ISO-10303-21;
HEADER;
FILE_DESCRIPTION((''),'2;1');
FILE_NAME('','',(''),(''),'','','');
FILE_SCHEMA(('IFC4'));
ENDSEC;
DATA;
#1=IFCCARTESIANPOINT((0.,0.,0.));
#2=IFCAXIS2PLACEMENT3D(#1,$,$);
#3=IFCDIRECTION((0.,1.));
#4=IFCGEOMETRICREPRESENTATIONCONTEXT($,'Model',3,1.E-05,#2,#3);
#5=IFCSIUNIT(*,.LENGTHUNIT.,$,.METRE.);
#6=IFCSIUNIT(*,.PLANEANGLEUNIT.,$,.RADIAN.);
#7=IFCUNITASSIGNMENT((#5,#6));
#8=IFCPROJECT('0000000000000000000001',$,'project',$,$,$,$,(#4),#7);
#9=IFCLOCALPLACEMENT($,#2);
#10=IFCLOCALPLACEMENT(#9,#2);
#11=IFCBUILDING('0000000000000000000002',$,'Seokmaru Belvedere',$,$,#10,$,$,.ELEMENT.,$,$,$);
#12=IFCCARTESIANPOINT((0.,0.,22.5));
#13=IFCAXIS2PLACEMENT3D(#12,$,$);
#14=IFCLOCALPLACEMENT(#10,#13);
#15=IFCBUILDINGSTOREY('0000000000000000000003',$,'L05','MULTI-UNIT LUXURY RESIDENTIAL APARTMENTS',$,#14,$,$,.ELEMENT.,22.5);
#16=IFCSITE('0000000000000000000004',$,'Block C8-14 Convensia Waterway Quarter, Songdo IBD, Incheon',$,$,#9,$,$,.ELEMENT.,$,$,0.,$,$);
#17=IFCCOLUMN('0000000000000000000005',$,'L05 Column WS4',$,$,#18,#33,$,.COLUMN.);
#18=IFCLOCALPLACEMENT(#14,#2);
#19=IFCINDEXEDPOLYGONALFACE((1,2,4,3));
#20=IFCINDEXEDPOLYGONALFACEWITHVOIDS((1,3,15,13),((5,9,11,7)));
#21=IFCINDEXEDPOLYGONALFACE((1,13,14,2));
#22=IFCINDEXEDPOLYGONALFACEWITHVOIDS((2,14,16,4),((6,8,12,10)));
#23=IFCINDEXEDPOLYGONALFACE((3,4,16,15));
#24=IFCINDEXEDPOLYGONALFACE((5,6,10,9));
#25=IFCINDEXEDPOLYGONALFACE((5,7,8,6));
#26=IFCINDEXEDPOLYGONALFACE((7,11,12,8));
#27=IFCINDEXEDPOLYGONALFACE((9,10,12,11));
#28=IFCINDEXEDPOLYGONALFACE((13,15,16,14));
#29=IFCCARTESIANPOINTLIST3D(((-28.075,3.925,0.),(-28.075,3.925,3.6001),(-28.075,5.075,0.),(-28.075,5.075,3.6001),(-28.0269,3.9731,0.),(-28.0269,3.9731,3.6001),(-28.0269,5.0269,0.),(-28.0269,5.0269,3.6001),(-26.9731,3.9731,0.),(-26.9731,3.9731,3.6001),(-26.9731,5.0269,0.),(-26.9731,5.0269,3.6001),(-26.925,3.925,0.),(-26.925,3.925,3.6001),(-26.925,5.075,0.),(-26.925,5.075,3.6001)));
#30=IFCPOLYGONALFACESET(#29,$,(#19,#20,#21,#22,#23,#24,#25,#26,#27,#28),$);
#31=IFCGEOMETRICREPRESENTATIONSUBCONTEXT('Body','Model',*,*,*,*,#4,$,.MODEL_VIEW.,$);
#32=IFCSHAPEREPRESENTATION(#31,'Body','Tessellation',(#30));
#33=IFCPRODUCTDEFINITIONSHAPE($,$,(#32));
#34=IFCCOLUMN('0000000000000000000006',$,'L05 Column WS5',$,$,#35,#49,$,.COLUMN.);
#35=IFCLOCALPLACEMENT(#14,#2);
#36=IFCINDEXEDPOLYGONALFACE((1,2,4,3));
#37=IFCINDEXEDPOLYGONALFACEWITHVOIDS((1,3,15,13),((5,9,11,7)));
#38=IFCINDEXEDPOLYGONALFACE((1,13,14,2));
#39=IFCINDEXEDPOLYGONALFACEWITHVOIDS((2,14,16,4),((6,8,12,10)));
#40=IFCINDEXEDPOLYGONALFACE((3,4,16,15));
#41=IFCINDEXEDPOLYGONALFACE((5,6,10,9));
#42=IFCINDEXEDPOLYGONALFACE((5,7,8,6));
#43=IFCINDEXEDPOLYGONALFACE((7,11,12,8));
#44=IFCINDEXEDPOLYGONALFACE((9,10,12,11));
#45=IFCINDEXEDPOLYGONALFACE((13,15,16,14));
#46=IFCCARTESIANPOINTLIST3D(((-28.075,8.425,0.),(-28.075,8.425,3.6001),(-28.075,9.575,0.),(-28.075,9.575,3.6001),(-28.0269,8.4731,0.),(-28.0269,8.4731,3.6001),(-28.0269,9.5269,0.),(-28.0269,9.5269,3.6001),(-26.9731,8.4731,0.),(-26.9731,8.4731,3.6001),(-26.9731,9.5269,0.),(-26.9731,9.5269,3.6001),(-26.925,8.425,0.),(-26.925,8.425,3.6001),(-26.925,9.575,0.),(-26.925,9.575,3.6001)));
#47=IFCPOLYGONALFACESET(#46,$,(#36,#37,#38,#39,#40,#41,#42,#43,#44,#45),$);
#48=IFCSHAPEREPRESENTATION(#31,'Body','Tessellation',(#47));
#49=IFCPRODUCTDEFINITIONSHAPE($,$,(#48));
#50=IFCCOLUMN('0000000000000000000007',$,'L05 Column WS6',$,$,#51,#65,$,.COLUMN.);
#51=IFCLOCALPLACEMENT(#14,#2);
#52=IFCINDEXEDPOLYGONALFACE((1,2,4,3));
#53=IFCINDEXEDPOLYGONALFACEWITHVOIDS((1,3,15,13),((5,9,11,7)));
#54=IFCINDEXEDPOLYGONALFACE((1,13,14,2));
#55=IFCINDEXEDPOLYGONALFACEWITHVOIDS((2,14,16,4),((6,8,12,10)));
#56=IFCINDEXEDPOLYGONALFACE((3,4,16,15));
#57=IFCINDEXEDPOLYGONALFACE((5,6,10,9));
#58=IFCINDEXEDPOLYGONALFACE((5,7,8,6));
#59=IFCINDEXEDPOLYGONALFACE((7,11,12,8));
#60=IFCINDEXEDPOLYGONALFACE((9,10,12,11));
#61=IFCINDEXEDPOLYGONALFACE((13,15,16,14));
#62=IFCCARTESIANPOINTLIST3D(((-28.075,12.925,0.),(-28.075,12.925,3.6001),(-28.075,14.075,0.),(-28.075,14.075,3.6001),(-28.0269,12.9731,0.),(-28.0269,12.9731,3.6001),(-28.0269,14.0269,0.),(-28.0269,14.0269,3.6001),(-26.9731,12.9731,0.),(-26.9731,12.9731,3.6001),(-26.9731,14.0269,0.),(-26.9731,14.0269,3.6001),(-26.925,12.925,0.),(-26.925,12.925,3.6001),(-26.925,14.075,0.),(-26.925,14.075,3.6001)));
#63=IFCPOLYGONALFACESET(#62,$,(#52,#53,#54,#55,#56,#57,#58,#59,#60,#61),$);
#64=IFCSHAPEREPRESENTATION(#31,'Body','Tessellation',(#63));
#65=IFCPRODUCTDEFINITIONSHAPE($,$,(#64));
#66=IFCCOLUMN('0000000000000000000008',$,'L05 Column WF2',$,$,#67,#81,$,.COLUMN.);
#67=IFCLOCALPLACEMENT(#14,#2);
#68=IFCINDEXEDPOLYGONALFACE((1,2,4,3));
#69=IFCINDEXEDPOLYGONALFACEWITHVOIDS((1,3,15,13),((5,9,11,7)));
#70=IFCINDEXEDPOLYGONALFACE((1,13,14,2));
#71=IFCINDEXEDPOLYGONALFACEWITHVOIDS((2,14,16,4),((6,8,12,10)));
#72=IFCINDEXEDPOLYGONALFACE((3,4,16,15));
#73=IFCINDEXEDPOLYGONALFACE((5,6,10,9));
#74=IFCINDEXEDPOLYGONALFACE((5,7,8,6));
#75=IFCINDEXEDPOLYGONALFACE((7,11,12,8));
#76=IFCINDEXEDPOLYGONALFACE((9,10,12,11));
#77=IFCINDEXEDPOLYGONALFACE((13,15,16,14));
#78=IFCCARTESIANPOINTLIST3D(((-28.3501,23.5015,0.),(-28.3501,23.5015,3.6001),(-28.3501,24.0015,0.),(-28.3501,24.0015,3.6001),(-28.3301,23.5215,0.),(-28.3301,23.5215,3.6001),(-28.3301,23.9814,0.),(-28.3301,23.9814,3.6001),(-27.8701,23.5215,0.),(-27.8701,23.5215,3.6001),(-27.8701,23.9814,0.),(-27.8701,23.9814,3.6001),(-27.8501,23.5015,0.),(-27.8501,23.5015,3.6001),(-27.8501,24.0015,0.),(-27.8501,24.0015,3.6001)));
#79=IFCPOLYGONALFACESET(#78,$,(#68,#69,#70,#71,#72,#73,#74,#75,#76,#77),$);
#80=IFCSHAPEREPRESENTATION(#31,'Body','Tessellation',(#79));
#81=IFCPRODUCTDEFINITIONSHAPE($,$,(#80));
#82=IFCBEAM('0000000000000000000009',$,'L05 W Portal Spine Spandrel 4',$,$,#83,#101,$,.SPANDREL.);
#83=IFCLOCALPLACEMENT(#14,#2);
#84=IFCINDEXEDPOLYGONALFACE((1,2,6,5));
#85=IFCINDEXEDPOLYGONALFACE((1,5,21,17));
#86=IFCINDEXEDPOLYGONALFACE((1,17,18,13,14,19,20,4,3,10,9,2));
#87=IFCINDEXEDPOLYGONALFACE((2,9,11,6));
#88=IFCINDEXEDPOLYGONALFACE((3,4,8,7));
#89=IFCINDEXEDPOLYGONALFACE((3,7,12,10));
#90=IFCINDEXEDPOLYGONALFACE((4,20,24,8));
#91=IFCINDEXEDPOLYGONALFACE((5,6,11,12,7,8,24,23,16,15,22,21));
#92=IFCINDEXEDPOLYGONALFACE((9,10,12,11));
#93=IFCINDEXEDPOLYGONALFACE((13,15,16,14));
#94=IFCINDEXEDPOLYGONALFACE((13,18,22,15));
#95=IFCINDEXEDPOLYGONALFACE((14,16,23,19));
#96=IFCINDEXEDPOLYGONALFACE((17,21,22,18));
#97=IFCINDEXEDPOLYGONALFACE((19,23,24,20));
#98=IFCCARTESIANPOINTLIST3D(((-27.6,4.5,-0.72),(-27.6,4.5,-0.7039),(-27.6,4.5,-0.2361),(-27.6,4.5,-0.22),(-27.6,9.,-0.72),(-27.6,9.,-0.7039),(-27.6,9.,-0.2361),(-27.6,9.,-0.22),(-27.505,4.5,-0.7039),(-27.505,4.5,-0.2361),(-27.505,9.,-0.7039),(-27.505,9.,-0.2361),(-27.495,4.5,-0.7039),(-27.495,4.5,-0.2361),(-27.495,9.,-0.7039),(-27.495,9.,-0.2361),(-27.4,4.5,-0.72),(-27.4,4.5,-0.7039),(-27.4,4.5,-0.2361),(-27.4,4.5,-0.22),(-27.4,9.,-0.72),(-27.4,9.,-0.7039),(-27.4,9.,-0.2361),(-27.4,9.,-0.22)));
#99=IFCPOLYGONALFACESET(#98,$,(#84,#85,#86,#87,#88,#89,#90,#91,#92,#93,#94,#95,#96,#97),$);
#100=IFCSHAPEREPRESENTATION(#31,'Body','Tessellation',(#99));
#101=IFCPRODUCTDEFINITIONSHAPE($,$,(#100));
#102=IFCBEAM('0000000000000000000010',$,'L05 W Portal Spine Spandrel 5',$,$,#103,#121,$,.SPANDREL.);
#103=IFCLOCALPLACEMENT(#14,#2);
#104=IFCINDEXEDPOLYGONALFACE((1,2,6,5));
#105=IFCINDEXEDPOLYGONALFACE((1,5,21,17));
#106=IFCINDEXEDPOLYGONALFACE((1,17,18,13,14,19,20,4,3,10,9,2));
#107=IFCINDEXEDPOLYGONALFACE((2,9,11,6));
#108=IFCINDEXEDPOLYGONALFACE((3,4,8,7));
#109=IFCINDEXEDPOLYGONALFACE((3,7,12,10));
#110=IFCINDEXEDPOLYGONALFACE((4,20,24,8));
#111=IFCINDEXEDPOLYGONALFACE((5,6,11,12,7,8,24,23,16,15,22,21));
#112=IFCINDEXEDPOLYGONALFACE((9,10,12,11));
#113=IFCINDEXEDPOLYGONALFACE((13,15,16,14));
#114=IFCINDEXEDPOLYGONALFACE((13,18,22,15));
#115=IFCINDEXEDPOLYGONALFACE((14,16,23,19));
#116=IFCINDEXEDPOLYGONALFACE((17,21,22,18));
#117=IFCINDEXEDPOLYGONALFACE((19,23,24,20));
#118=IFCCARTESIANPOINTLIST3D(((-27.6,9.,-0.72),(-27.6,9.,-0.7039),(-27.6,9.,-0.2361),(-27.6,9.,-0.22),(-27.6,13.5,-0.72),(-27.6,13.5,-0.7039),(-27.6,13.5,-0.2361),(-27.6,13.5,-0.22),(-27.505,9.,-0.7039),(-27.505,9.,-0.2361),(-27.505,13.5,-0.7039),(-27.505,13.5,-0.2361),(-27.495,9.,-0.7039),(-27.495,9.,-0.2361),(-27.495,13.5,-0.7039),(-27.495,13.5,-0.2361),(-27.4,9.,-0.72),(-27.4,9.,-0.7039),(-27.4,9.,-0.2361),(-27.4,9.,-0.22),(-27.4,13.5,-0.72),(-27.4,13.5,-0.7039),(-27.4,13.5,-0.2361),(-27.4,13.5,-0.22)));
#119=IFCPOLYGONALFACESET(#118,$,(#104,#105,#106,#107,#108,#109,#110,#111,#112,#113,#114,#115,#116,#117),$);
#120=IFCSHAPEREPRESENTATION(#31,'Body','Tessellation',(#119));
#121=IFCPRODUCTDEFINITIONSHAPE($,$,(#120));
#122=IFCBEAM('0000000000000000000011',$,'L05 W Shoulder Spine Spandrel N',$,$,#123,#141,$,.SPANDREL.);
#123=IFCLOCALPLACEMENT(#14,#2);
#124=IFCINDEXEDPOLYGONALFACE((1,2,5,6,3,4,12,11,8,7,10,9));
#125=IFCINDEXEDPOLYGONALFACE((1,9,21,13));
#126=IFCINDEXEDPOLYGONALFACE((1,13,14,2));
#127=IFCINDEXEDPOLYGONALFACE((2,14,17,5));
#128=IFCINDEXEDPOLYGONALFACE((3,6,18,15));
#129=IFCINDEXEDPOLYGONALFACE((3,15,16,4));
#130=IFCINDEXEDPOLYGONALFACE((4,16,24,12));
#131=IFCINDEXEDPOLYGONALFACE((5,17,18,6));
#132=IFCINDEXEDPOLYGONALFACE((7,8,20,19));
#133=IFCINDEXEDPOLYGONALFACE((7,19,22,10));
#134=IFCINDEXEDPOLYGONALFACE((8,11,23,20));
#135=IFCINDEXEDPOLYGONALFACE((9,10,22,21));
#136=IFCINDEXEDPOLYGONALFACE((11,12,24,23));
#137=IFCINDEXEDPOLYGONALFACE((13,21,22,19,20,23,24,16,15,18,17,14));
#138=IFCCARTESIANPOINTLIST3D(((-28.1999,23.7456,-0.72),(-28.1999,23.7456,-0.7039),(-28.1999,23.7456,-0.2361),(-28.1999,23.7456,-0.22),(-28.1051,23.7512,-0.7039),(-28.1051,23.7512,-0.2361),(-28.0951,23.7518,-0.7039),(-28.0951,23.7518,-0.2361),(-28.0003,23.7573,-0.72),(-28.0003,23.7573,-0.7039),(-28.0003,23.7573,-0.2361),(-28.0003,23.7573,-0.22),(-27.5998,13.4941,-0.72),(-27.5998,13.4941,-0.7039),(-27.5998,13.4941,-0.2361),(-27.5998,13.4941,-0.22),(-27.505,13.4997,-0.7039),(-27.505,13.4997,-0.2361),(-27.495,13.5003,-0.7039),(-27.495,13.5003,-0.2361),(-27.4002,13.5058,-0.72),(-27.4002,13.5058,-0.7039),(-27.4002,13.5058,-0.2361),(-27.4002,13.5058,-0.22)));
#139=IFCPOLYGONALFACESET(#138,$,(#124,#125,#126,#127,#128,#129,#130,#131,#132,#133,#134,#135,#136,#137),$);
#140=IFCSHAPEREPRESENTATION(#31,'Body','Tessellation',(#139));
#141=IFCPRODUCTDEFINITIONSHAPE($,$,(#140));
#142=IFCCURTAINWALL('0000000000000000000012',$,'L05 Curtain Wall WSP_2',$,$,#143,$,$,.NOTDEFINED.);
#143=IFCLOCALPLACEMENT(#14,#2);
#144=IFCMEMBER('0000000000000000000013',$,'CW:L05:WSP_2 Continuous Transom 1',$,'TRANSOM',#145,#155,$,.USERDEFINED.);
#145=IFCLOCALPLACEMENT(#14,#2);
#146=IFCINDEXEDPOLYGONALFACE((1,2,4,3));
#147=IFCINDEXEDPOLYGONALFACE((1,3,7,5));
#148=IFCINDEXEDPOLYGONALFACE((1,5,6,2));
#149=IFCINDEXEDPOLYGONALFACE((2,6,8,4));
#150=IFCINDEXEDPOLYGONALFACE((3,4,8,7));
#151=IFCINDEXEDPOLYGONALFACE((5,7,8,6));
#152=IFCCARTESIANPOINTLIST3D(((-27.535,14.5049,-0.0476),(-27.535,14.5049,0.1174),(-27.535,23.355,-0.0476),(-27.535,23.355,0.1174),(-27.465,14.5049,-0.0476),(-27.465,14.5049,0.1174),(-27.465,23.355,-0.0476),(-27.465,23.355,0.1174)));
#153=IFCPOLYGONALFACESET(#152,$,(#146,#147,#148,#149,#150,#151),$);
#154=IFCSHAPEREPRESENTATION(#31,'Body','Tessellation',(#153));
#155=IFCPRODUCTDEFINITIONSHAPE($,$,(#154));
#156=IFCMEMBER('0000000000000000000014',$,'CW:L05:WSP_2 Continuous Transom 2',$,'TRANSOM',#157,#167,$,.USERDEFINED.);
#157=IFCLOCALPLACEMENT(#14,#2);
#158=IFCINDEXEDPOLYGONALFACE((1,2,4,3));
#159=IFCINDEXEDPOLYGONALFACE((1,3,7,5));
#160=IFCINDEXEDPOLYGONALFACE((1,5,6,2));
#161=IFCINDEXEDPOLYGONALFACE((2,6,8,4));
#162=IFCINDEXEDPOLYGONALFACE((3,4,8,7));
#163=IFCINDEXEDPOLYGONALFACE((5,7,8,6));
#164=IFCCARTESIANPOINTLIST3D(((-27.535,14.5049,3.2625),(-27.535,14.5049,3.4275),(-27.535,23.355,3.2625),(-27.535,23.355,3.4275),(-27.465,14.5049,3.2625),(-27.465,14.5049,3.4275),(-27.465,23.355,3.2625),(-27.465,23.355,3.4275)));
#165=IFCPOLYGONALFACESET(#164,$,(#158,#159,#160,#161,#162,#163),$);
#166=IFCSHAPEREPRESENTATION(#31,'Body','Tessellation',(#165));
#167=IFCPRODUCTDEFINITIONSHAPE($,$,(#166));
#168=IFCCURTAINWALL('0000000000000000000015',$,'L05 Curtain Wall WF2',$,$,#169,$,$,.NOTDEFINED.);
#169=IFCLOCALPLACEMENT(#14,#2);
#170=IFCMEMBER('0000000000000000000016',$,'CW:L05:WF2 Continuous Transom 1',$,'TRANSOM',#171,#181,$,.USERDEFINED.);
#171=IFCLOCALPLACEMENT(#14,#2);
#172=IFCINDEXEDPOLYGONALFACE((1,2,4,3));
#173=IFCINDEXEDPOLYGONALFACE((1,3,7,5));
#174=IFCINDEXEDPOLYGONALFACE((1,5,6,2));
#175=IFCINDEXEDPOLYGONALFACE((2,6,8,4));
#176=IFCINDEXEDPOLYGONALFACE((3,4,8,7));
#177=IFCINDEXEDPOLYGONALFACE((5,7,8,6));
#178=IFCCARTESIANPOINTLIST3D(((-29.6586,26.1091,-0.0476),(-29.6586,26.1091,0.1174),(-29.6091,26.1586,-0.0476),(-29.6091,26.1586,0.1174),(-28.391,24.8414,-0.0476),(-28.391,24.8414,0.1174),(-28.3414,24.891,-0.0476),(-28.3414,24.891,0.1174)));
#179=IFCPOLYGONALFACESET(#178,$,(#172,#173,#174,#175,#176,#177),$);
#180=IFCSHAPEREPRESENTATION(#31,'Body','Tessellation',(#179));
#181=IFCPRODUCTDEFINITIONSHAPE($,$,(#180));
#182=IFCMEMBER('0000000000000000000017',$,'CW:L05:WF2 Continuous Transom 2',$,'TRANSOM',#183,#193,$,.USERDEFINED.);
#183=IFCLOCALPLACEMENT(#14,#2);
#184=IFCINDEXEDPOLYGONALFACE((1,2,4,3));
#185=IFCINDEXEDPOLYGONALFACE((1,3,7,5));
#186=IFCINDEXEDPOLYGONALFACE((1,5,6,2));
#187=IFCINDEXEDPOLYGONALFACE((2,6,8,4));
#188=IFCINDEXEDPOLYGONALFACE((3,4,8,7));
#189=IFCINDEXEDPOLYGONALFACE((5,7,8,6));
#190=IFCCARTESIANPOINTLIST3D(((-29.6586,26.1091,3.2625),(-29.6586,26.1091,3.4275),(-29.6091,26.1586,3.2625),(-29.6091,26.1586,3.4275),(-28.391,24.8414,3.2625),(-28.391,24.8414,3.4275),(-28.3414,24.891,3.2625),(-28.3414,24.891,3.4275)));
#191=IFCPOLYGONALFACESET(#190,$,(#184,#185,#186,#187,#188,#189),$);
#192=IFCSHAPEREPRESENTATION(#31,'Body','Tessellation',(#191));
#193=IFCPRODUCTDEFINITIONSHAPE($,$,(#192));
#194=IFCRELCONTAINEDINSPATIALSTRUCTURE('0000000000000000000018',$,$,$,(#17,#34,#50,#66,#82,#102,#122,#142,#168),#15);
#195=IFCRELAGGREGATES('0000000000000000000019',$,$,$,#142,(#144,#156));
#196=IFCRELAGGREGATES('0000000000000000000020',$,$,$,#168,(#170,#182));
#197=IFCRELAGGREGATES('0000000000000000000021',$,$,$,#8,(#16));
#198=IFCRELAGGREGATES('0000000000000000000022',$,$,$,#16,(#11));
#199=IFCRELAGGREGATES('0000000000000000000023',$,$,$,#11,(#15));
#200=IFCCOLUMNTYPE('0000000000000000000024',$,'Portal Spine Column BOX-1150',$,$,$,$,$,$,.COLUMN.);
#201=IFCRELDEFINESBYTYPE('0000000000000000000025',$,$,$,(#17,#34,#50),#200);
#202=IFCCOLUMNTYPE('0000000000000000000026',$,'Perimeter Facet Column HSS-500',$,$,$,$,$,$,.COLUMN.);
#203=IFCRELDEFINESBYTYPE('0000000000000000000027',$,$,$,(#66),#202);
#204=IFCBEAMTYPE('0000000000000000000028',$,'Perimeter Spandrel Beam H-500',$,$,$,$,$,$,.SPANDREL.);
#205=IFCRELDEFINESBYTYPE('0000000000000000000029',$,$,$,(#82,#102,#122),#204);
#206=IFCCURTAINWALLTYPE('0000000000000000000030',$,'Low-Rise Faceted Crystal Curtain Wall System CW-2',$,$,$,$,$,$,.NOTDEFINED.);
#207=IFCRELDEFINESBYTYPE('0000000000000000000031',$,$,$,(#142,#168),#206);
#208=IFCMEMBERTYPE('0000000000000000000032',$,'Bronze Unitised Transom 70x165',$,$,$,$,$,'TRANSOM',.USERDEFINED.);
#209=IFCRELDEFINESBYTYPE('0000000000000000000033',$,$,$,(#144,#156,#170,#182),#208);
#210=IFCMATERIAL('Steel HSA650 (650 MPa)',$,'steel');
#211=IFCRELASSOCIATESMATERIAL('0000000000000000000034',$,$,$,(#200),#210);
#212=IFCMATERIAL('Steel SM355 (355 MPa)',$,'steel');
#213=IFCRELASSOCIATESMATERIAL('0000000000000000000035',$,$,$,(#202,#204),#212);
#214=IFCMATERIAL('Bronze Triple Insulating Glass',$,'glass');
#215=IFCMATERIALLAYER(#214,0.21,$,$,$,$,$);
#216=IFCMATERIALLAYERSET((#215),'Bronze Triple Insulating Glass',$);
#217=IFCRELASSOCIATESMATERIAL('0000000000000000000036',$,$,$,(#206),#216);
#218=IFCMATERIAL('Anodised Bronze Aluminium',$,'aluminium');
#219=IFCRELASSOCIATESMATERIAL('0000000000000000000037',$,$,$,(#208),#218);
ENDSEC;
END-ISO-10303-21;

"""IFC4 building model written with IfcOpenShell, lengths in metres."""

from ifc_helpers import new_model, si_unit, direction, frame, origin, origin_2d, place, context, subcontext, project, spatial, rectangle, hollow_rectangle, i_section, extrude, source, transform, mapped, material, layer, layer_set, material_profile, profile_set, type_object, type_shapes, element, aggregate, save


model = new_model("IFC4")

# Units and contexts
model_context = context("Model", 3, precision=1e-05, world=origin(), true_north=direction((0.0, 1.0)))
body_context = subcontext(model_context, "Body", "Model", "MODEL_VIEW")
ifc_project = project(units=[si_unit("LENGTHUNIT", "METRE"), si_unit("PLANEANGLEUNIT", "RADIAN")], contexts=[model_context])

# Site, building, storey
site_placement = place(None, origin())
site = spatial("IfcSite", under=ifc_project, at=site_placement, Name="Block C8-14 Convensia Waterway Quarter, Songdo IBD, Incheon", CompositionType="ELEMENT", RefElevation=0.0)
building_placement = place(site_placement, origin())
building = spatial("IfcBuilding", under=site, at=building_placement, Name="Seokmaru Belvedere", CompositionType="ELEMENT")
storey_placement = place(building_placement, frame((0.0, 0.0, 22.5)))
storey = spatial("IfcBuildingStorey", under=building, at=storey_placement, Name="L05", Description="MULTI-UNIT LUXURY RESIDENTIAL APARTMENTS", CompositionType="ELEMENT", Elevation=22.5)

# Columns
ifc_material_1 = material(Name="Steel HSA650 (650 MPa)", Category="steel")
ifc_material_profile_1 = material_profile(ifc_material_1, hollow_rectangle(XDim=1.1499, YDim=1.1499, WallThickness=0.0481, at=origin_2d()), Name="BOX-1150x1150x48")
ifc_profile_set_1 = profile_set([ifc_material_profile_1], Name="Steel HSA650 (650 MPa)")
column_type_1 = type_object("IfcColumnType", Name="Portal Spine Column BOX-1150", PredefinedType="COLUMN", material=ifc_profile_set_1)
shared_shape_1 = source(origin(), body_context, "Body", "SweptSolid", [
    extrude(hollow_rectangle(XDim=1.1499, YDim=1.1499, WallThickness=0.0481, at=origin_2d()), origin(), (0.0, 0.0, 1.0), 3.6001),
])
type_shapes(column_type_1, [shared_shape_1])
for number, where, z_axis, x_axis, name in (
    (1, (-27.5, 4.5, 0.0), (0.0, 0.0, 1.0), (1.0, 0.0, 0.0), "L05 Column WS4"),
    (2, (-27.5, 9.0, 0.0), (0.0, 0.0, 1.0), (1.0, 0.0, 0.0), "L05 Column WS5"),
    (3, (-27.5, 13.5, 0.0), (0.0, 0.0, 1.0), (1.0, 0.0, 0.0), "L05 Column WS6"),
):
    element("IfcColumn", number, at=place(storey_placement, frame(where, z_axis=z_axis, x_axis=x_axis)), inside=storey, type_object=column_type_1, Name=name, PredefinedType="COLUMN", context=body_context, shape_type="MappedRepresentation", body=[
        mapped(shared_shape_1, transform((0.0, 0.0, 0.0), scale=1.0)),
    ])
ifc_material_2 = material(Name="Steel SM355 (355 MPa)", Category="steel")
ifc_material_profile_2 = material_profile(ifc_material_2, hollow_rectangle(XDim=0.5, YDim=0.5, WallThickness=0.02, at=origin_2d()), Name="HSS-500x500x20")
ifc_profile_set_2 = profile_set([ifc_material_profile_2], Name="Steel SM355 (355 MPa)")
column_type_2 = type_object("IfcColumnType", Name="Perimeter Facet Column HSS-500", PredefinedType="COLUMN", material=ifc_profile_set_2)
shared_shape_2 = source(origin(), body_context, "Body", "SweptSolid", [
    extrude(hollow_rectangle(XDim=0.5, YDim=0.5, WallThickness=0.02, at=origin_2d()), origin(), (0.0, 0.0, 1.0), 3.6001),
])
type_shapes(column_type_2, [shared_shape_2])
column_placement = place(storey_placement, frame((-28.1001, 23.7515, 0.0), z_axis=(0.0, 0.0, 1.0), x_axis=(1.0, 0.0, 0.0)))
element("IfcColumn", 4, at=column_placement, inside=storey, type_object=column_type_2, Name="L05 Column WF2", PredefinedType="COLUMN", context=body_context, shape_type="MappedRepresentation", body=[
    mapped(shared_shape_2, transform((0.0, 0.0, 0.0), scale=1.0)),
])

# Beams
ifc_material_profile_3 = material_profile(ifc_material_2, i_section(OverallWidth=0.2, OverallDepth=0.5, WebThickness=0.01, FlangeThickness=0.0161, at=origin_2d()), Name="H-500x200x10x16")
ifc_profile_set_3 = profile_set([ifc_material_profile_3], Name="Steel SM355 (355 MPa)")
beam_type = type_object("IfcBeamType", Name="Perimeter Spandrel Beam H-500", PredefinedType="SPANDREL", material=ifc_profile_set_3)
shared_shape_3 = source(origin(), body_context, "Body", "SweptSolid", [
    extrude(i_section(OverallWidth=0.2, OverallDepth=0.5, WebThickness=0.01, FlangeThickness=0.0161, at=origin_2d()), origin(), (0.0, 0.0, 1.0), 4.5),
])
for number, where, z_axis, x_axis, name in (
    (5, (-27.5, 4.5, -0.47), (0.0, 1.0, 0.0), (-1.0, 0.0, 0.0), "L05 W Portal Spine Spandrel 4"),
    (6, (-27.5, 9.0, -0.47), (0.0, 1.0, 0.0), (-1.0, 0.0, 0.0), "L05 W Portal Spine Spandrel 5"),
):
    element("IfcBeam", number, at=place(storey_placement, frame(where, z_axis=z_axis, x_axis=x_axis)), inside=storey, type_object=beam_type, Name=name, PredefinedType="SPANDREL", context=body_context, shape_type="MappedRepresentation", body=[
        mapped(shared_shape_3, transform((0.0, 0.0, 0.0), scale=1.0)),
    ])
shared_shape_4 = source(origin(), body_context, "Body", "SweptSolid", [
    extrude(i_section(OverallWidth=0.2, OverallDepth=0.5, WebThickness=0.01, FlangeThickness=0.0161, at=origin_2d()), origin(), (0.0, 0.0, 1.0), 10.269),
])
type_shapes(beam_type, [shared_shape_3, shared_shape_4])
beam_placement = place(storey_placement, frame((-28.1001, 23.7515, -0.47), z_axis=(0.058438, -0.998291, 0.0), x_axis=(0.998291, 0.058438, 0.0)))
element("IfcBeam", 7, at=beam_placement, inside=storey, type_object=beam_type, Name="L05 W Shoulder Spine Spandrel N", PredefinedType="SPANDREL", context=body_context, shape_type="MappedRepresentation", body=[
    mapped(shared_shape_4, transform((0.0, 0.0, 0.0), scale=1.0)),
])

# Curtain walls, members
ifc_material_3 = material(Name="Bronze Triple Insulating Glass", Category="glass")
ifc_layer_1 = layer(ifc_material_3, 0.21)
ifc_layer_set_1 = layer_set([ifc_layer_1], Name="Bronze Triple Insulating Glass")
curtain_wall_type = type_object("IfcCurtainWallType", Name="Low-Rise Faceted Crystal Curtain Wall System CW-2", PredefinedType="NOTDEFINED", material=ifc_layer_set_1)
curtain_wall_1_placement = place(storey_placement, origin())
curtain_wall_1 = element("IfcCurtainWall", 8, at=curtain_wall_1_placement, inside=storey, type_object=curtain_wall_type, Name="L05 Curtain Wall WSP_2", PredefinedType="NOTDEFINED")
ifc_material_4 = material(Name="Anodised Bronze Aluminium", Category="aluminium")
ifc_material_profile_4 = material_profile(ifc_material_4, rectangle(XDim=0.0701, YDim=0.165, at=origin_2d()), Name="CW-T-70x165")
ifc_profile_set_4 = profile_set([ifc_material_profile_4], Name="Anodised Bronze Aluminium")
member_type_1 = type_object("IfcMemberType", Name="Bronze Unitised Transom 70x165", ElementType="TRANSOM", PredefinedType="USERDEFINED", material=ifc_profile_set_4)
shared_shape_5 = source(origin(), body_context, "Body", "SweptSolid", [
    extrude(rectangle(XDim=0.0701, YDim=0.165, at=origin_2d()), origin(), (0.0, 0.0, 1.0), 8.8501),
])
member_1_placement = place(storey_placement, frame((-27.5, 14.5049, 0.0349), z_axis=(0.0, 1.0, 0.0), x_axis=(-1.0, 0.0, 0.0)))
member_1 = element("IfcMember", 9, at=member_1_placement, type_object=member_type_1, Name="CW:L05:WSP_2 Continuous Transom 1", ObjectType="TRANSOM", PredefinedType="USERDEFINED", context=body_context, shape_type="MappedRepresentation", body=[
    mapped(shared_shape_5, transform((0.0, 0.0, 0.0), scale=1.0)),
])
member_2_placement = place(storey_placement, frame((-27.5, 14.5049, 3.345), z_axis=(0.0, 1.0, 0.0), x_axis=(-1.0, 0.0, 0.0)))
member_2 = element("IfcMember", 10, at=member_2_placement, type_object=member_type_1, Name="CW:L05:WSP_2 Continuous Transom 2", ObjectType="TRANSOM", PredefinedType="USERDEFINED", context=body_context, shape_type="MappedRepresentation", body=[
    mapped(shared_shape_5, transform((0.0, 0.0, 0.0), scale=1.0)),
])
curtain_wall_2_placement = place(storey_placement, origin())
curtain_wall_2 = element("IfcCurtainWall", 11, at=curtain_wall_2_placement, inside=storey, type_object=curtain_wall_type, Name="L05 Curtain Wall WF2", PredefinedType="NOTDEFINED")
shared_shape_6 = source(origin(), body_context, "Body", "SweptSolid", [
    extrude(rectangle(XDim=0.0701, YDim=0.165, at=origin_2d()), origin(), (0.0, 0.0, 1.0), 1.7927),
])
type_shapes(member_type_1, [shared_shape_5, shared_shape_6])
member_3_placement = place(storey_placement, frame((-28.3662, 24.8662, 0.0349), z_axis=(-0.707107, 0.707107, 0.0), x_axis=(-0.707107, -0.707107, 0.0)))
member_3 = element("IfcMember", 12, at=member_3_placement, type_object=member_type_1, Name="CW:L05:WF2 Continuous Transom 1", ObjectType="TRANSOM", PredefinedType="USERDEFINED", context=body_context, shape_type="MappedRepresentation", body=[
    mapped(shared_shape_6, transform((0.0, 0.0, 0.0), scale=1.0)),
])
member_4_placement = place(storey_placement, frame((-28.3662, 24.8662, 3.345), z_axis=(-0.707107, 0.707107, 0.0), x_axis=(-0.707107, -0.707107, 0.0)))
member_4 = element("IfcMember", 13, at=member_4_placement, type_object=member_type_1, Name="CW:L05:WF2 Continuous Transom 2", ObjectType="TRANSOM", PredefinedType="USERDEFINED", context=body_context, shape_type="MappedRepresentation", body=[
    mapped(shared_shape_6, transform((0.0, 0.0, 0.0), scale=1.0)),
])

aggregate(curtain_wall_1, [member_1, member_2])
aggregate(curtain_wall_2, [member_3, member_4])

save(model, "model.ifc")
